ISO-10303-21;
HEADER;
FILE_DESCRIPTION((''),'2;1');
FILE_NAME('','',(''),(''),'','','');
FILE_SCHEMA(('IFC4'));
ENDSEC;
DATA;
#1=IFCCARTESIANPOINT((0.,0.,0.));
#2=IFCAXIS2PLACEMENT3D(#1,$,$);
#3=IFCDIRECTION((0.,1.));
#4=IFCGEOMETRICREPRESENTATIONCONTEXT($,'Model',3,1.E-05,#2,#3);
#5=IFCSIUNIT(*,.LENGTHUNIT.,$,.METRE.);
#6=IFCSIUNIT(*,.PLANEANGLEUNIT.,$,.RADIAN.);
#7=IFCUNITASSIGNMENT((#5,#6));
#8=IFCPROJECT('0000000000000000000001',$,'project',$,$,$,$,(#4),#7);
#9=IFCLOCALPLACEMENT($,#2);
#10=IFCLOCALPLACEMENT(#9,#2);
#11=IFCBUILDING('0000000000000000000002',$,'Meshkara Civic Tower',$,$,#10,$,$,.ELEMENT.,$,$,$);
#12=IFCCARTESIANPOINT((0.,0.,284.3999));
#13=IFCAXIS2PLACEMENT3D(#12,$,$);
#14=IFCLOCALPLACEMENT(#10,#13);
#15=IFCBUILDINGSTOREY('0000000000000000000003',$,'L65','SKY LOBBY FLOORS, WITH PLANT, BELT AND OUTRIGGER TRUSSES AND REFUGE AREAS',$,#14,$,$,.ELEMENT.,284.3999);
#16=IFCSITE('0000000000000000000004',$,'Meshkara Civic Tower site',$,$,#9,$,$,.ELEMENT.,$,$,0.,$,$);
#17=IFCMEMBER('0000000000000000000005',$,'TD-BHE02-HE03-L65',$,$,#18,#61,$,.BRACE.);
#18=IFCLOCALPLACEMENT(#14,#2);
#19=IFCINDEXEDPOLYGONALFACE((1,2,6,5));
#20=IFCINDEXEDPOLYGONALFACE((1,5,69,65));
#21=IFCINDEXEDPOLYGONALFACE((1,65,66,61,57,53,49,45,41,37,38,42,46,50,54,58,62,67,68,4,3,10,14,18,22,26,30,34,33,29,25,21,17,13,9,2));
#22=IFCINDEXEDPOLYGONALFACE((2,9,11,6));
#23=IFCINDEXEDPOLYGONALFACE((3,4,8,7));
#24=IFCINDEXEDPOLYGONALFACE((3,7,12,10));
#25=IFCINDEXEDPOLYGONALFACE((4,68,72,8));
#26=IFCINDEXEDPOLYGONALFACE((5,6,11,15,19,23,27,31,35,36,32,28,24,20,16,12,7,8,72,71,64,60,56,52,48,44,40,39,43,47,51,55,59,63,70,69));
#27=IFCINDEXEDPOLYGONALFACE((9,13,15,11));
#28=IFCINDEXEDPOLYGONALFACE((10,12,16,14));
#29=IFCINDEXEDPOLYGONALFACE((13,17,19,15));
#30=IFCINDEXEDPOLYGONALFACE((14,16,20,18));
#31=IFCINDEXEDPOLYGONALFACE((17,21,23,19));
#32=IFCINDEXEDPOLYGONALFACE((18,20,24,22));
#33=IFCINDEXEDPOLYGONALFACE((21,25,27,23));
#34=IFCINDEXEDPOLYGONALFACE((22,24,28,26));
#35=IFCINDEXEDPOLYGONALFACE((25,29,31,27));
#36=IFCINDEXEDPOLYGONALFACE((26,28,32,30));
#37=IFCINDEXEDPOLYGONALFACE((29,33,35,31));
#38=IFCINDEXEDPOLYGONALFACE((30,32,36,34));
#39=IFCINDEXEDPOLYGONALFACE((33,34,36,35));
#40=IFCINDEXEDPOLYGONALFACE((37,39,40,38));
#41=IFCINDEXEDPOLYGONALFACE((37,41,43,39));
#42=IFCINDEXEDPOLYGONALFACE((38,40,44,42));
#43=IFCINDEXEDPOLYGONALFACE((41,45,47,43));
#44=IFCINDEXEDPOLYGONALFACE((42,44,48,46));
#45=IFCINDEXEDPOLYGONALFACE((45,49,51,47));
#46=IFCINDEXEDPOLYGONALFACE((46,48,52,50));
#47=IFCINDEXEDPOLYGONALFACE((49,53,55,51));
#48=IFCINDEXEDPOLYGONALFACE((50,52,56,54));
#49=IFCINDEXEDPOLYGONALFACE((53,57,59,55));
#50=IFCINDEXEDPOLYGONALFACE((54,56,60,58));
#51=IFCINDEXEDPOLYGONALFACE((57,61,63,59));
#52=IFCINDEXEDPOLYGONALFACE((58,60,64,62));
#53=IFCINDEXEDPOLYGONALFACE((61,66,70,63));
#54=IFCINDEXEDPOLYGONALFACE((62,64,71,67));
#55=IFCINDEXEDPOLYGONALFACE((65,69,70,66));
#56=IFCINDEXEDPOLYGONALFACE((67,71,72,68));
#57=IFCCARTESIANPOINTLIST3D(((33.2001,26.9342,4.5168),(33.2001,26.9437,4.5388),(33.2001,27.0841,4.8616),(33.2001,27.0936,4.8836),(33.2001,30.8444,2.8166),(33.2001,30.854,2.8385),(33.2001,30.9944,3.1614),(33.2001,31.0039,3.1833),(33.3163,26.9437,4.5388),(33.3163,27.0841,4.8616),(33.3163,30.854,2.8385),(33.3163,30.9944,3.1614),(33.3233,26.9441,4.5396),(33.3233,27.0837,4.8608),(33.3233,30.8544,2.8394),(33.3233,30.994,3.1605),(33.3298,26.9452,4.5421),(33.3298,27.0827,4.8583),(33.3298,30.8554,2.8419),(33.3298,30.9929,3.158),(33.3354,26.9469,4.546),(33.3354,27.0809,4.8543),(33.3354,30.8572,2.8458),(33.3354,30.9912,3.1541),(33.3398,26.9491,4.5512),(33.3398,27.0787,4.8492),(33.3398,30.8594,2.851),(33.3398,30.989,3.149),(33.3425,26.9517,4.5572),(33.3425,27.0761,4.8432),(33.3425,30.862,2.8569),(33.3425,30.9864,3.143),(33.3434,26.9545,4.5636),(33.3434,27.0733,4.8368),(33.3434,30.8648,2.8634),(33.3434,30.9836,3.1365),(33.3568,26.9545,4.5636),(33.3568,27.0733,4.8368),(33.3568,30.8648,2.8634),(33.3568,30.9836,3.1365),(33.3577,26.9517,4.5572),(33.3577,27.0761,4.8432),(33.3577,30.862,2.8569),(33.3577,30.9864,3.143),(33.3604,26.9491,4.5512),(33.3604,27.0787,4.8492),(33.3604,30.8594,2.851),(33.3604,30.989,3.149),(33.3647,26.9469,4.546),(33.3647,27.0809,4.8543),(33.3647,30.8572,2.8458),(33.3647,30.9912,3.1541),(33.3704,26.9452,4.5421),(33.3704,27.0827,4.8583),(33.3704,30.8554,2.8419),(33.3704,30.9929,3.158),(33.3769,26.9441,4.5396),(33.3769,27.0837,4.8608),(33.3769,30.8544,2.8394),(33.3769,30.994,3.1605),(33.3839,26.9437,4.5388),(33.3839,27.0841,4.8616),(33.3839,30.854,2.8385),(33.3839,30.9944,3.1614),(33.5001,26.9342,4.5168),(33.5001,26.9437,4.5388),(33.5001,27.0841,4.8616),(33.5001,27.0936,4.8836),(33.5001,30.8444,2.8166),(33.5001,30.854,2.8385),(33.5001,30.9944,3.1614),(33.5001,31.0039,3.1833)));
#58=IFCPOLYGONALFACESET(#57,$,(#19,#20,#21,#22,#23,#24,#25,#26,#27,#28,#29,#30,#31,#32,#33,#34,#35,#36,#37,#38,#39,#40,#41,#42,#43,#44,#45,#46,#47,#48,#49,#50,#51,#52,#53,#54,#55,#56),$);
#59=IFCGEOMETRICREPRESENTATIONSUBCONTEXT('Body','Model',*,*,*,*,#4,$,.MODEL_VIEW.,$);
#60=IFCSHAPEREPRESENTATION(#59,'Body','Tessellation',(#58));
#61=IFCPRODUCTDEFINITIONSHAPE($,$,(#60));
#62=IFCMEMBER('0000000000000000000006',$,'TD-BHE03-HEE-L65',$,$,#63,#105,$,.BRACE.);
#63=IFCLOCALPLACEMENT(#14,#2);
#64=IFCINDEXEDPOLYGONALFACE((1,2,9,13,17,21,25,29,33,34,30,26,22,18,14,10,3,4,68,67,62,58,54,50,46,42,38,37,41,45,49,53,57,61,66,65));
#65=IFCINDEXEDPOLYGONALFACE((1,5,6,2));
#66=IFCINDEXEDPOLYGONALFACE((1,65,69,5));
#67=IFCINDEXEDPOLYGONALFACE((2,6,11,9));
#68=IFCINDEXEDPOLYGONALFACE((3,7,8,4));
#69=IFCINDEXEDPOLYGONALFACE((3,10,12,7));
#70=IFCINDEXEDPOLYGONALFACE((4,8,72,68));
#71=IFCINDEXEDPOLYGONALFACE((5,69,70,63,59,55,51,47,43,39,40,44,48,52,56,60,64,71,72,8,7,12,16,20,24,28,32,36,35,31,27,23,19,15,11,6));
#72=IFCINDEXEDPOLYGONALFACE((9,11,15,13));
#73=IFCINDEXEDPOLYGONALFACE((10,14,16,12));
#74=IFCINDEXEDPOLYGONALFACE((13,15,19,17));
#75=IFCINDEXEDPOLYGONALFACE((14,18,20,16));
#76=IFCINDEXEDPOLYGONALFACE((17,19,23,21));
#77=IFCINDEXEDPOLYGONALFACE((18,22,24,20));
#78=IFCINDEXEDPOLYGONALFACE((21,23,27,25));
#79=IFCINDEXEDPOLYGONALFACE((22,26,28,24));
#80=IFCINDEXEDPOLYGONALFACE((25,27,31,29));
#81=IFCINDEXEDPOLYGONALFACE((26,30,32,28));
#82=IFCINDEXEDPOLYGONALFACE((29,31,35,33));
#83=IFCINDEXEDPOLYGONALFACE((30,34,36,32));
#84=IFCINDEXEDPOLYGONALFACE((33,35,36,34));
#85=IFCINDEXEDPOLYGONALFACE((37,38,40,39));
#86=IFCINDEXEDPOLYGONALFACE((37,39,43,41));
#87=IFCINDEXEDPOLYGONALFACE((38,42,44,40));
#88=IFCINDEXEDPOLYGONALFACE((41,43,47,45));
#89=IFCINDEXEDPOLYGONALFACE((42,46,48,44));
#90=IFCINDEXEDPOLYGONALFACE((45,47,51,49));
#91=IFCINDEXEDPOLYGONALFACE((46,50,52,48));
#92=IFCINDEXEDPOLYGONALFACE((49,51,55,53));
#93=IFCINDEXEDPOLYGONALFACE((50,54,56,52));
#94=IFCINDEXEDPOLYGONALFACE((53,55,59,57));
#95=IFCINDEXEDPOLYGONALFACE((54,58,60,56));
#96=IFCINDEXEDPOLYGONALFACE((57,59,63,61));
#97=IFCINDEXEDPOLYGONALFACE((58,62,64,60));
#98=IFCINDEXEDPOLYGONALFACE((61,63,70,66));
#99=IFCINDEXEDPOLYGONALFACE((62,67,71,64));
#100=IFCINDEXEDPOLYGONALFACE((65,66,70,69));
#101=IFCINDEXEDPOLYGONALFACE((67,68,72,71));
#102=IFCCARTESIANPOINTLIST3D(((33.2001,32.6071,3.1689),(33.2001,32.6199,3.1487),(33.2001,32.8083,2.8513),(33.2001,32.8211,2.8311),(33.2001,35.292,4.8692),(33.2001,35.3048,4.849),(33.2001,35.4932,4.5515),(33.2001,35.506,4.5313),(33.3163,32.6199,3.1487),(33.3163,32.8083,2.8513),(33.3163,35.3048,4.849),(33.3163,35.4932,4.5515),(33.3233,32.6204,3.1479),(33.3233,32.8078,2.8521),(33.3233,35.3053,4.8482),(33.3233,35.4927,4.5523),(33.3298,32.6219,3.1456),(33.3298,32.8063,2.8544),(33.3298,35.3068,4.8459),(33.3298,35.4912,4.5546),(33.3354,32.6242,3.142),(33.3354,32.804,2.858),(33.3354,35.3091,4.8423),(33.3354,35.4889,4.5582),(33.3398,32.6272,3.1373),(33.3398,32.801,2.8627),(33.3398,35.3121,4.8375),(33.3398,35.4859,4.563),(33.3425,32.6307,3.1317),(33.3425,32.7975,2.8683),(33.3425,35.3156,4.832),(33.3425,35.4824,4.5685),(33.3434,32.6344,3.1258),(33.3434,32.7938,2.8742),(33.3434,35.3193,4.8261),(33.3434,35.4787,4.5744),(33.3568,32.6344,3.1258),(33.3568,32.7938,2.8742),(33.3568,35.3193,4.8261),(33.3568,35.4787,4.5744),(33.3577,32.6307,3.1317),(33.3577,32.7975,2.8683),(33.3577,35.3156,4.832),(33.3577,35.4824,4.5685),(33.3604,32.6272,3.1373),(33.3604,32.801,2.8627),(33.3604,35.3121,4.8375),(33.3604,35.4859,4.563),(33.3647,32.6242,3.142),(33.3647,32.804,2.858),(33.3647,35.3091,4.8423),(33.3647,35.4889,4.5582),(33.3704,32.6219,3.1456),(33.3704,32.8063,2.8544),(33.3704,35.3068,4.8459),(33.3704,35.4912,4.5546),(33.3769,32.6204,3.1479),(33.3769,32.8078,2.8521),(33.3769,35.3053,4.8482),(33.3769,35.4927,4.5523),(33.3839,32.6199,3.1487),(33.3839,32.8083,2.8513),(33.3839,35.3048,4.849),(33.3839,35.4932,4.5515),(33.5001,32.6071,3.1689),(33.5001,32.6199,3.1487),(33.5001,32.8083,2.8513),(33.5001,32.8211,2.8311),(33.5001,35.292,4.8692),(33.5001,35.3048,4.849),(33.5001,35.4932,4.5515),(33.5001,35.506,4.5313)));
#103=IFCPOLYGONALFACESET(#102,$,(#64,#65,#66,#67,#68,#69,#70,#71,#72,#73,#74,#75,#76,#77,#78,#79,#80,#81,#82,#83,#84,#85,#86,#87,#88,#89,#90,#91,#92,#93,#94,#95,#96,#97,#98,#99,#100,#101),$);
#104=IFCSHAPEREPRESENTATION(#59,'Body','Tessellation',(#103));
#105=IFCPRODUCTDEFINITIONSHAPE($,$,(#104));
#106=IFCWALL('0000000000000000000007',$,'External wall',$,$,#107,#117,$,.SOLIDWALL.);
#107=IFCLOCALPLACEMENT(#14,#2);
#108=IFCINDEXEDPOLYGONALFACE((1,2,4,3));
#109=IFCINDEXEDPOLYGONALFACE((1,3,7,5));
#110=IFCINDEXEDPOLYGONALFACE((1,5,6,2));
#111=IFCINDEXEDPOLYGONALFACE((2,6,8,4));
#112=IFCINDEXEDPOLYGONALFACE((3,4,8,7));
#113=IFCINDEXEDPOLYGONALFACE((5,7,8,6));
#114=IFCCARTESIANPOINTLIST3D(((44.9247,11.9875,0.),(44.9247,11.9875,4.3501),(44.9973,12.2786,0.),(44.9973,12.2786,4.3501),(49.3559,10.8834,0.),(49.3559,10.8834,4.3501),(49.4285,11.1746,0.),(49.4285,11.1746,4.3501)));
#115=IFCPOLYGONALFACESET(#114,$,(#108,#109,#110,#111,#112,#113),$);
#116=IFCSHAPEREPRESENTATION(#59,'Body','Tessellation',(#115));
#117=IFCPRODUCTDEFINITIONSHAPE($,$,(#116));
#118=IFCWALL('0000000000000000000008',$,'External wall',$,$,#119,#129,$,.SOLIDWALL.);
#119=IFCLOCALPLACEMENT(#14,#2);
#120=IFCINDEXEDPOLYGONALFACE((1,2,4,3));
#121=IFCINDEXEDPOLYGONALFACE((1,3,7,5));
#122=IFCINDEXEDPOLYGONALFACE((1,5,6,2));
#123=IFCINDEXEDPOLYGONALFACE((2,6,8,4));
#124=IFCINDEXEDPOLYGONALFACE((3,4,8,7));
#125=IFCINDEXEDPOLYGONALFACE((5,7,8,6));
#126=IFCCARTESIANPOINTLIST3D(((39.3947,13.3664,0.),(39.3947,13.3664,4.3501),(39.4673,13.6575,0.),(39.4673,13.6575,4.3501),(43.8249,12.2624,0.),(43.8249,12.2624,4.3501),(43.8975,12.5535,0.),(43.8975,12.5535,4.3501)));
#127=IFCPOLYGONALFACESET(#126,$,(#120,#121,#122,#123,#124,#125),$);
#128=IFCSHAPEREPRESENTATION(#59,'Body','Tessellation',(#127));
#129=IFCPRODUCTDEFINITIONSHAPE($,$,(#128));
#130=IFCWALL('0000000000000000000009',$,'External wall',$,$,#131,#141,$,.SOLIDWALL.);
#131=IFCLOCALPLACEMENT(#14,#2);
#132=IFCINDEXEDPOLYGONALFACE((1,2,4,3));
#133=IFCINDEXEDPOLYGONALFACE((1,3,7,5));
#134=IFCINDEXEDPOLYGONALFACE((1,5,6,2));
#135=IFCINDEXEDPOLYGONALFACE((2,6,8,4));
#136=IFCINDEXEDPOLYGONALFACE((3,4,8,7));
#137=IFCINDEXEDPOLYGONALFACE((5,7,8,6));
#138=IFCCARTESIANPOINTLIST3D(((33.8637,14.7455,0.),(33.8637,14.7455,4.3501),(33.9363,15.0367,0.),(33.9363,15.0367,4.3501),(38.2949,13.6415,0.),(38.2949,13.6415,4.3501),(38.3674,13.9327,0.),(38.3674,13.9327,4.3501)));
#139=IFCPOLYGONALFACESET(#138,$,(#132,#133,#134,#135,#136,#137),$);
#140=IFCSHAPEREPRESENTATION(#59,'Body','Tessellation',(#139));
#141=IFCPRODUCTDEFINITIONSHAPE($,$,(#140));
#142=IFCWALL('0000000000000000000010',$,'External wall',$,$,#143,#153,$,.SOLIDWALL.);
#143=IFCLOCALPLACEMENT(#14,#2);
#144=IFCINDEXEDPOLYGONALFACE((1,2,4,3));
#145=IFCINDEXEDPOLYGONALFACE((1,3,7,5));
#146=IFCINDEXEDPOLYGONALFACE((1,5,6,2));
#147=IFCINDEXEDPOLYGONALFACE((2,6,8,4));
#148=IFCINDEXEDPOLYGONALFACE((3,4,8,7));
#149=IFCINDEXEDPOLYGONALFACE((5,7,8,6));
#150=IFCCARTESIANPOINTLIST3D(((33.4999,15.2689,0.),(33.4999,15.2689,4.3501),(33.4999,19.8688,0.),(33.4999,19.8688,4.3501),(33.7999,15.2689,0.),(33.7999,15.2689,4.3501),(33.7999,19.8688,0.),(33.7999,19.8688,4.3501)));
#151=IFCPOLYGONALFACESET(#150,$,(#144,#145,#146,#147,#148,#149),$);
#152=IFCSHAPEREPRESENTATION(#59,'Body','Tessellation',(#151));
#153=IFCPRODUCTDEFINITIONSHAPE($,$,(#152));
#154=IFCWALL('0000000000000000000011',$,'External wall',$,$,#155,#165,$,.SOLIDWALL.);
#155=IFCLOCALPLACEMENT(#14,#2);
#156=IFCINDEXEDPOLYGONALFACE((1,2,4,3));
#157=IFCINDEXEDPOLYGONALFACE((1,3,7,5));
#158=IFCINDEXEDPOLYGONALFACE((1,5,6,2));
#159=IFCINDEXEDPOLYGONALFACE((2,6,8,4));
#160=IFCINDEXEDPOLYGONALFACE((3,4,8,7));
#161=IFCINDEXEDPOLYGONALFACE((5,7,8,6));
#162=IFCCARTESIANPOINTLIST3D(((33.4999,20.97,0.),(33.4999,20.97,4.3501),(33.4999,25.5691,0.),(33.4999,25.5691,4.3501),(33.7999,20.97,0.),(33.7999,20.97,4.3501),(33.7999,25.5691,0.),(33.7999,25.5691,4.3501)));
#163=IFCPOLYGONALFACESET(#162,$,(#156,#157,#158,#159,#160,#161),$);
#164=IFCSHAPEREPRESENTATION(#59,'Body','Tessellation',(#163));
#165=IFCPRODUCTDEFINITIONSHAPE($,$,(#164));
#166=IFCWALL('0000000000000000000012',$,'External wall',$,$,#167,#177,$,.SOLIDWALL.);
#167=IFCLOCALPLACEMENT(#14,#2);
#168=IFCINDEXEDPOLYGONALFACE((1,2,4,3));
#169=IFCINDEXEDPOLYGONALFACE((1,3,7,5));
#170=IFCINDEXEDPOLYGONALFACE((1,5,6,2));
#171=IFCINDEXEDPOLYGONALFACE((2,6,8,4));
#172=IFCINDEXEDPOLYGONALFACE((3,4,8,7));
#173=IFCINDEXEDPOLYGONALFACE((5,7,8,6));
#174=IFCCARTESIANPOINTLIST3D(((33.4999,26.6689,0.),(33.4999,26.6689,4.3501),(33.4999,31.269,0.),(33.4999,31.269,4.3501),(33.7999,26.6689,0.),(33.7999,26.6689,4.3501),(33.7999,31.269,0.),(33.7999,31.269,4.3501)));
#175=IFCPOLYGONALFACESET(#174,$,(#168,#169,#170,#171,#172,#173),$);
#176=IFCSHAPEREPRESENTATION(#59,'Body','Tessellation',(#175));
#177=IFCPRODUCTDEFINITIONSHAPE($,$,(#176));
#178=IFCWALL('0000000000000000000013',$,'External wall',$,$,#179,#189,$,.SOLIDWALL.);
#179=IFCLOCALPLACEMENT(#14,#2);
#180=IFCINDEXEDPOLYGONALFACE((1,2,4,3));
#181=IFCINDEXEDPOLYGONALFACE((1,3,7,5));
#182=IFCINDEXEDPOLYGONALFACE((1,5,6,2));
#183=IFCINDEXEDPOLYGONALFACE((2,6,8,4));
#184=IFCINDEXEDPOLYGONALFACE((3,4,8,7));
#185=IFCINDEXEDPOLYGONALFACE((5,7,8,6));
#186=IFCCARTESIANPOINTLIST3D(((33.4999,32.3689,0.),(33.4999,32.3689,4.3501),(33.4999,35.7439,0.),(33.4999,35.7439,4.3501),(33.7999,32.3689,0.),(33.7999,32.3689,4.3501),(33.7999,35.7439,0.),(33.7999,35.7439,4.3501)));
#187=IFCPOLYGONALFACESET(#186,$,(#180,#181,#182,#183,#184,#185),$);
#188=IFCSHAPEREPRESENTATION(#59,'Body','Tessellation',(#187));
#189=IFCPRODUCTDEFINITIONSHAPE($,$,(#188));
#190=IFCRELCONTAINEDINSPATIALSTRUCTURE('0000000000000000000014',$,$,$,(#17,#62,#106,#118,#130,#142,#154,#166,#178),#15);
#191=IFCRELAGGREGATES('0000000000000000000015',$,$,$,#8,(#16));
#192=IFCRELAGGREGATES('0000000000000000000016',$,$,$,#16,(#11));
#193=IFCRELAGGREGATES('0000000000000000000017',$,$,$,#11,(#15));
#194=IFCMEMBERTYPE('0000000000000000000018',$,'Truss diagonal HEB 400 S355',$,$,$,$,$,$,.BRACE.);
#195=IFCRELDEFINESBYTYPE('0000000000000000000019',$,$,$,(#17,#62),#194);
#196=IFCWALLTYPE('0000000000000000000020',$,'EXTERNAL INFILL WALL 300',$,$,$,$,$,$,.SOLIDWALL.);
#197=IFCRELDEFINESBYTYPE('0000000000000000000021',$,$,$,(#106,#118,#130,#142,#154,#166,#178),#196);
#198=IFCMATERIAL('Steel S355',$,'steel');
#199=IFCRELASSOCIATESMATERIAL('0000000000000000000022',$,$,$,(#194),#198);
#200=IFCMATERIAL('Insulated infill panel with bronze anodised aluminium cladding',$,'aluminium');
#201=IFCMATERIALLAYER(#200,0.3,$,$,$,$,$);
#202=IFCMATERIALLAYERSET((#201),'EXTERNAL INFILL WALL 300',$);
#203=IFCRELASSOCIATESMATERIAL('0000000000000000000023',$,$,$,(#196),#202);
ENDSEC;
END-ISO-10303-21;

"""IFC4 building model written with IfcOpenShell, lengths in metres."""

from ifc_helpers import new_model, si_unit, direction, frame, frame_2d, origin, origin_2d, place, context, subcontext, project, spatial, rectangle, i_section, extrude, material, layer, layer_set, material_profile, profile_set, type_object, element, save


model = new_model("IFC4")

# Units and contexts
model_context = context("Model", 3, precision=1e-05, world=origin(), true_north=direction((0.0, 1.0)))
body_context = subcontext(model_context, "Body", "Model", "MODEL_VIEW")
ifc_project = project(units=[si_unit("LENGTHUNIT", "METRE"), si_unit("PLANEANGLEUNIT", "RADIAN")], contexts=[model_context])

# Site, building, storey
site_placement = place(None, origin())
site = spatial("IfcSite", under=ifc_project, at=site_placement, Name="Meshkara Civic Tower site", CompositionType="ELEMENT", RefElevation=0.0)
building_placement = place(site_placement, origin())
building = spatial("IfcBuilding", under=site, at=building_placement, Name="Meshkara Civic Tower", CompositionType="ELEMENT")
storey_placement = place(building_placement, frame((0.0, 0.0, 284.3999)))
storey = spatial("IfcBuildingStorey", under=building, at=storey_placement, Name="L65", Description="SKY LOBBY FLOORS, WITH PLANT, BELT AND OUTRIGGER TRUSSES AND REFUGE AREAS", CompositionType="ELEMENT", Elevation=284.3999)

# Members
ifc_material_1 = material(Name="Steel S355", Category="steel")
ifc_material_profile_1 = material_profile(ifc_material_1, i_section(OverallWidth=0.3, OverallDepth=0.3999, WebThickness=0.0134, FlangeThickness=0.0239, FilletRadius=0.0271, at=origin_2d()))
ifc_profile_set_1 = profile_set([ifc_material_profile_1], Name="Steel S355")
member_type = type_object("IfcMemberType", Name="Truss diagonal HEB 400 S355", PredefinedType="BRACE", material=ifc_profile_set_1)
for number, where, z_axis, x_axis, name in (
    (1, (33.3501, 27.0139, 4.7002), (0.0, 0.917059, -0.398751), (-1.0, 0.0, 0.0), "TD-BHE02-HE03-L65"),
):
    element("IfcMember", number, at=place(storey_placement, frame(where, z_axis=z_axis, x_axis=x_axis)), inside=storey, type_object=member_type, Name=name, PredefinedType="BRACE", context=body_context, shape_type="SweptSolid", body=[
        extrude(i_section(OverallWidth=0.3, OverallDepth=0.3999, WebThickness=0.0134, FlangeThickness=0.0239, FilletRadius=0.0271, at=origin_2d()), origin(), (0.0, 0.0, 1.0), 4.2639),
    ])
member_1_placement = place(storey_placement, frame((33.3501, 32.7141, 3.0), z_axis=(0.0, 0.844846, 0.53501), x_axis=(-1.0, 0.0, 0.0)))
element("IfcMember", 2, at=member_1_placement, inside=storey, type_object=member_type, Name="TD-BHE03-HEE-L65", PredefinedType="BRACE", context=body_context, shape_type="SweptSolid", body=[
    extrude(i_section(OverallWidth=0.3, OverallDepth=0.3999, WebThickness=0.0134, FlangeThickness=0.0239, FilletRadius=0.0271, at=origin_2d()), origin(), (0.0, 0.0, 1.0), 3.178),
])

# Walls
ifc_material_2 = material(Name="Insulated infill panel with bronze anodised aluminium cladding", Category="aluminium")
ifc_layer_1 = layer(ifc_material_2, 0.3)
ifc_layer_set_1 = layer_set([ifc_layer_1], Name="EXTERNAL INFILL WALL 300")
wall_type = type_object("IfcWallType", Name="EXTERNAL INFILL WALL 300", PredefinedType="SOLIDWALL", material=ifc_layer_set_1)
wall_1_placement = place(storey_placement, frame((49.3921, 11.0291, 0.0), z_axis=(0.0, 0.0, 1.0), x_axis=(-0.970337, 0.241756, 0.0)))
element("IfcWall", 3, at=wall_1_placement, inside=storey, type_object=wall_type, Name="External wall", PredefinedType="SOLIDWALL", context=body_context, shape_type="SweptSolid", body=[
    extrude(rectangle(XDim=4.5667, YDim=0.3, at=frame_2d((2.2832, 0.0))), origin(), (0.0, 0.0, 1.0), 4.3501),
])
wall_2_placement = place(storey_placement, frame((43.8611, 12.408, 0.0), z_axis=(0.0, 0.0, 1.0), x_axis=(-0.970325, 0.241806, 0.0)))
element("IfcWall", 4, at=wall_2_placement, inside=storey, type_object=wall_type, Name="External wall", PredefinedType="SOLIDWALL", context=body_context, shape_type="SweptSolid", body=[
    extrude(rectangle(XDim=4.5657, YDim=0.3, at=frame_2d((2.2827, 0.0))), origin(), (0.0, 0.0, 1.0), 4.3501),
])
wall_3_placement = place(storey_placement, frame((38.3311, 13.7871, 0.0), z_axis=(0.0, 0.0, 1.0), x_axis=(-0.970337, 0.241756, 0.0)))
element("IfcWall", 5, at=wall_3_placement, inside=storey, type_object=wall_type, Name="External wall", PredefinedType="SOLIDWALL", context=body_context, shape_type="SweptSolid", body=[
    extrude(rectangle(XDim=4.5667, YDim=0.3, at=frame_2d((2.2832, 0.0))), origin(), (0.0, 0.0, 1.0), 4.3501),
])
wall_4_placement = place(storey_placement, frame((33.6499, 15.269, 0.0), z_axis=(0.0, 0.0, 1.0), x_axis=(0.0, 1.0, 0.0)))
element("IfcWall", 6, at=wall_4_placement, inside=storey, type_object=wall_type, Name="External wall", PredefinedType="SOLIDWALL", context=body_context, shape_type="SweptSolid", body=[
    extrude(rectangle(XDim=4.5999, YDim=0.3, at=frame_2d((2.2998, 0.0))), origin(), (0.0, 0.0, 1.0), 4.3501),
])
wall_5_placement = place(storey_placement, frame((33.6499, 20.97, 0.0), z_axis=(0.0, 0.0, 1.0), x_axis=(0.0, 1.0, 0.0)))
element("IfcWall", 7, at=wall_5_placement, inside=storey, type_object=wall_type, Name="External wall", PredefinedType="SOLIDWALL", context=body_context, shape_type="SweptSolid", body=[
    extrude(rectangle(XDim=4.5991, YDim=0.3, at=frame_2d((2.2996, 0.0))), origin(), (0.0, 0.0, 1.0), 4.3501),
])
wall_6_placement = place(storey_placement, frame((33.6499, 26.6689, 0.0), z_axis=(0.0, 0.0, 1.0), x_axis=(0.0, 1.0, 0.0)))
element("IfcWall", 8, at=wall_6_placement, inside=storey, type_object=wall_type, Name="External wall", PredefinedType="SOLIDWALL", context=body_context, shape_type="SweptSolid", body=[
    extrude(rectangle(XDim=4.6001, YDim=0.3, at=frame_2d((2.3, 0.0))), origin(), (0.0, 0.0, 1.0), 4.3501),
])
wall_7_placement = place(storey_placement, frame((33.6499, 32.3689, 0.0), z_axis=(0.0, 0.0, 1.0), x_axis=(0.0, 1.0, 0.0)))
element("IfcWall", 9, at=wall_7_placement, inside=storey, type_object=wall_type, Name="External wall", PredefinedType="SOLIDWALL", context=body_context, shape_type="SweptSolid", body=[
    extrude(rectangle(XDim=3.375, YDim=0.3, at=frame_2d((1.6875, 0.0))), origin(), (0.0, 0.0, 1.0), 4.3501),
])

save(model, "model.ifc")
